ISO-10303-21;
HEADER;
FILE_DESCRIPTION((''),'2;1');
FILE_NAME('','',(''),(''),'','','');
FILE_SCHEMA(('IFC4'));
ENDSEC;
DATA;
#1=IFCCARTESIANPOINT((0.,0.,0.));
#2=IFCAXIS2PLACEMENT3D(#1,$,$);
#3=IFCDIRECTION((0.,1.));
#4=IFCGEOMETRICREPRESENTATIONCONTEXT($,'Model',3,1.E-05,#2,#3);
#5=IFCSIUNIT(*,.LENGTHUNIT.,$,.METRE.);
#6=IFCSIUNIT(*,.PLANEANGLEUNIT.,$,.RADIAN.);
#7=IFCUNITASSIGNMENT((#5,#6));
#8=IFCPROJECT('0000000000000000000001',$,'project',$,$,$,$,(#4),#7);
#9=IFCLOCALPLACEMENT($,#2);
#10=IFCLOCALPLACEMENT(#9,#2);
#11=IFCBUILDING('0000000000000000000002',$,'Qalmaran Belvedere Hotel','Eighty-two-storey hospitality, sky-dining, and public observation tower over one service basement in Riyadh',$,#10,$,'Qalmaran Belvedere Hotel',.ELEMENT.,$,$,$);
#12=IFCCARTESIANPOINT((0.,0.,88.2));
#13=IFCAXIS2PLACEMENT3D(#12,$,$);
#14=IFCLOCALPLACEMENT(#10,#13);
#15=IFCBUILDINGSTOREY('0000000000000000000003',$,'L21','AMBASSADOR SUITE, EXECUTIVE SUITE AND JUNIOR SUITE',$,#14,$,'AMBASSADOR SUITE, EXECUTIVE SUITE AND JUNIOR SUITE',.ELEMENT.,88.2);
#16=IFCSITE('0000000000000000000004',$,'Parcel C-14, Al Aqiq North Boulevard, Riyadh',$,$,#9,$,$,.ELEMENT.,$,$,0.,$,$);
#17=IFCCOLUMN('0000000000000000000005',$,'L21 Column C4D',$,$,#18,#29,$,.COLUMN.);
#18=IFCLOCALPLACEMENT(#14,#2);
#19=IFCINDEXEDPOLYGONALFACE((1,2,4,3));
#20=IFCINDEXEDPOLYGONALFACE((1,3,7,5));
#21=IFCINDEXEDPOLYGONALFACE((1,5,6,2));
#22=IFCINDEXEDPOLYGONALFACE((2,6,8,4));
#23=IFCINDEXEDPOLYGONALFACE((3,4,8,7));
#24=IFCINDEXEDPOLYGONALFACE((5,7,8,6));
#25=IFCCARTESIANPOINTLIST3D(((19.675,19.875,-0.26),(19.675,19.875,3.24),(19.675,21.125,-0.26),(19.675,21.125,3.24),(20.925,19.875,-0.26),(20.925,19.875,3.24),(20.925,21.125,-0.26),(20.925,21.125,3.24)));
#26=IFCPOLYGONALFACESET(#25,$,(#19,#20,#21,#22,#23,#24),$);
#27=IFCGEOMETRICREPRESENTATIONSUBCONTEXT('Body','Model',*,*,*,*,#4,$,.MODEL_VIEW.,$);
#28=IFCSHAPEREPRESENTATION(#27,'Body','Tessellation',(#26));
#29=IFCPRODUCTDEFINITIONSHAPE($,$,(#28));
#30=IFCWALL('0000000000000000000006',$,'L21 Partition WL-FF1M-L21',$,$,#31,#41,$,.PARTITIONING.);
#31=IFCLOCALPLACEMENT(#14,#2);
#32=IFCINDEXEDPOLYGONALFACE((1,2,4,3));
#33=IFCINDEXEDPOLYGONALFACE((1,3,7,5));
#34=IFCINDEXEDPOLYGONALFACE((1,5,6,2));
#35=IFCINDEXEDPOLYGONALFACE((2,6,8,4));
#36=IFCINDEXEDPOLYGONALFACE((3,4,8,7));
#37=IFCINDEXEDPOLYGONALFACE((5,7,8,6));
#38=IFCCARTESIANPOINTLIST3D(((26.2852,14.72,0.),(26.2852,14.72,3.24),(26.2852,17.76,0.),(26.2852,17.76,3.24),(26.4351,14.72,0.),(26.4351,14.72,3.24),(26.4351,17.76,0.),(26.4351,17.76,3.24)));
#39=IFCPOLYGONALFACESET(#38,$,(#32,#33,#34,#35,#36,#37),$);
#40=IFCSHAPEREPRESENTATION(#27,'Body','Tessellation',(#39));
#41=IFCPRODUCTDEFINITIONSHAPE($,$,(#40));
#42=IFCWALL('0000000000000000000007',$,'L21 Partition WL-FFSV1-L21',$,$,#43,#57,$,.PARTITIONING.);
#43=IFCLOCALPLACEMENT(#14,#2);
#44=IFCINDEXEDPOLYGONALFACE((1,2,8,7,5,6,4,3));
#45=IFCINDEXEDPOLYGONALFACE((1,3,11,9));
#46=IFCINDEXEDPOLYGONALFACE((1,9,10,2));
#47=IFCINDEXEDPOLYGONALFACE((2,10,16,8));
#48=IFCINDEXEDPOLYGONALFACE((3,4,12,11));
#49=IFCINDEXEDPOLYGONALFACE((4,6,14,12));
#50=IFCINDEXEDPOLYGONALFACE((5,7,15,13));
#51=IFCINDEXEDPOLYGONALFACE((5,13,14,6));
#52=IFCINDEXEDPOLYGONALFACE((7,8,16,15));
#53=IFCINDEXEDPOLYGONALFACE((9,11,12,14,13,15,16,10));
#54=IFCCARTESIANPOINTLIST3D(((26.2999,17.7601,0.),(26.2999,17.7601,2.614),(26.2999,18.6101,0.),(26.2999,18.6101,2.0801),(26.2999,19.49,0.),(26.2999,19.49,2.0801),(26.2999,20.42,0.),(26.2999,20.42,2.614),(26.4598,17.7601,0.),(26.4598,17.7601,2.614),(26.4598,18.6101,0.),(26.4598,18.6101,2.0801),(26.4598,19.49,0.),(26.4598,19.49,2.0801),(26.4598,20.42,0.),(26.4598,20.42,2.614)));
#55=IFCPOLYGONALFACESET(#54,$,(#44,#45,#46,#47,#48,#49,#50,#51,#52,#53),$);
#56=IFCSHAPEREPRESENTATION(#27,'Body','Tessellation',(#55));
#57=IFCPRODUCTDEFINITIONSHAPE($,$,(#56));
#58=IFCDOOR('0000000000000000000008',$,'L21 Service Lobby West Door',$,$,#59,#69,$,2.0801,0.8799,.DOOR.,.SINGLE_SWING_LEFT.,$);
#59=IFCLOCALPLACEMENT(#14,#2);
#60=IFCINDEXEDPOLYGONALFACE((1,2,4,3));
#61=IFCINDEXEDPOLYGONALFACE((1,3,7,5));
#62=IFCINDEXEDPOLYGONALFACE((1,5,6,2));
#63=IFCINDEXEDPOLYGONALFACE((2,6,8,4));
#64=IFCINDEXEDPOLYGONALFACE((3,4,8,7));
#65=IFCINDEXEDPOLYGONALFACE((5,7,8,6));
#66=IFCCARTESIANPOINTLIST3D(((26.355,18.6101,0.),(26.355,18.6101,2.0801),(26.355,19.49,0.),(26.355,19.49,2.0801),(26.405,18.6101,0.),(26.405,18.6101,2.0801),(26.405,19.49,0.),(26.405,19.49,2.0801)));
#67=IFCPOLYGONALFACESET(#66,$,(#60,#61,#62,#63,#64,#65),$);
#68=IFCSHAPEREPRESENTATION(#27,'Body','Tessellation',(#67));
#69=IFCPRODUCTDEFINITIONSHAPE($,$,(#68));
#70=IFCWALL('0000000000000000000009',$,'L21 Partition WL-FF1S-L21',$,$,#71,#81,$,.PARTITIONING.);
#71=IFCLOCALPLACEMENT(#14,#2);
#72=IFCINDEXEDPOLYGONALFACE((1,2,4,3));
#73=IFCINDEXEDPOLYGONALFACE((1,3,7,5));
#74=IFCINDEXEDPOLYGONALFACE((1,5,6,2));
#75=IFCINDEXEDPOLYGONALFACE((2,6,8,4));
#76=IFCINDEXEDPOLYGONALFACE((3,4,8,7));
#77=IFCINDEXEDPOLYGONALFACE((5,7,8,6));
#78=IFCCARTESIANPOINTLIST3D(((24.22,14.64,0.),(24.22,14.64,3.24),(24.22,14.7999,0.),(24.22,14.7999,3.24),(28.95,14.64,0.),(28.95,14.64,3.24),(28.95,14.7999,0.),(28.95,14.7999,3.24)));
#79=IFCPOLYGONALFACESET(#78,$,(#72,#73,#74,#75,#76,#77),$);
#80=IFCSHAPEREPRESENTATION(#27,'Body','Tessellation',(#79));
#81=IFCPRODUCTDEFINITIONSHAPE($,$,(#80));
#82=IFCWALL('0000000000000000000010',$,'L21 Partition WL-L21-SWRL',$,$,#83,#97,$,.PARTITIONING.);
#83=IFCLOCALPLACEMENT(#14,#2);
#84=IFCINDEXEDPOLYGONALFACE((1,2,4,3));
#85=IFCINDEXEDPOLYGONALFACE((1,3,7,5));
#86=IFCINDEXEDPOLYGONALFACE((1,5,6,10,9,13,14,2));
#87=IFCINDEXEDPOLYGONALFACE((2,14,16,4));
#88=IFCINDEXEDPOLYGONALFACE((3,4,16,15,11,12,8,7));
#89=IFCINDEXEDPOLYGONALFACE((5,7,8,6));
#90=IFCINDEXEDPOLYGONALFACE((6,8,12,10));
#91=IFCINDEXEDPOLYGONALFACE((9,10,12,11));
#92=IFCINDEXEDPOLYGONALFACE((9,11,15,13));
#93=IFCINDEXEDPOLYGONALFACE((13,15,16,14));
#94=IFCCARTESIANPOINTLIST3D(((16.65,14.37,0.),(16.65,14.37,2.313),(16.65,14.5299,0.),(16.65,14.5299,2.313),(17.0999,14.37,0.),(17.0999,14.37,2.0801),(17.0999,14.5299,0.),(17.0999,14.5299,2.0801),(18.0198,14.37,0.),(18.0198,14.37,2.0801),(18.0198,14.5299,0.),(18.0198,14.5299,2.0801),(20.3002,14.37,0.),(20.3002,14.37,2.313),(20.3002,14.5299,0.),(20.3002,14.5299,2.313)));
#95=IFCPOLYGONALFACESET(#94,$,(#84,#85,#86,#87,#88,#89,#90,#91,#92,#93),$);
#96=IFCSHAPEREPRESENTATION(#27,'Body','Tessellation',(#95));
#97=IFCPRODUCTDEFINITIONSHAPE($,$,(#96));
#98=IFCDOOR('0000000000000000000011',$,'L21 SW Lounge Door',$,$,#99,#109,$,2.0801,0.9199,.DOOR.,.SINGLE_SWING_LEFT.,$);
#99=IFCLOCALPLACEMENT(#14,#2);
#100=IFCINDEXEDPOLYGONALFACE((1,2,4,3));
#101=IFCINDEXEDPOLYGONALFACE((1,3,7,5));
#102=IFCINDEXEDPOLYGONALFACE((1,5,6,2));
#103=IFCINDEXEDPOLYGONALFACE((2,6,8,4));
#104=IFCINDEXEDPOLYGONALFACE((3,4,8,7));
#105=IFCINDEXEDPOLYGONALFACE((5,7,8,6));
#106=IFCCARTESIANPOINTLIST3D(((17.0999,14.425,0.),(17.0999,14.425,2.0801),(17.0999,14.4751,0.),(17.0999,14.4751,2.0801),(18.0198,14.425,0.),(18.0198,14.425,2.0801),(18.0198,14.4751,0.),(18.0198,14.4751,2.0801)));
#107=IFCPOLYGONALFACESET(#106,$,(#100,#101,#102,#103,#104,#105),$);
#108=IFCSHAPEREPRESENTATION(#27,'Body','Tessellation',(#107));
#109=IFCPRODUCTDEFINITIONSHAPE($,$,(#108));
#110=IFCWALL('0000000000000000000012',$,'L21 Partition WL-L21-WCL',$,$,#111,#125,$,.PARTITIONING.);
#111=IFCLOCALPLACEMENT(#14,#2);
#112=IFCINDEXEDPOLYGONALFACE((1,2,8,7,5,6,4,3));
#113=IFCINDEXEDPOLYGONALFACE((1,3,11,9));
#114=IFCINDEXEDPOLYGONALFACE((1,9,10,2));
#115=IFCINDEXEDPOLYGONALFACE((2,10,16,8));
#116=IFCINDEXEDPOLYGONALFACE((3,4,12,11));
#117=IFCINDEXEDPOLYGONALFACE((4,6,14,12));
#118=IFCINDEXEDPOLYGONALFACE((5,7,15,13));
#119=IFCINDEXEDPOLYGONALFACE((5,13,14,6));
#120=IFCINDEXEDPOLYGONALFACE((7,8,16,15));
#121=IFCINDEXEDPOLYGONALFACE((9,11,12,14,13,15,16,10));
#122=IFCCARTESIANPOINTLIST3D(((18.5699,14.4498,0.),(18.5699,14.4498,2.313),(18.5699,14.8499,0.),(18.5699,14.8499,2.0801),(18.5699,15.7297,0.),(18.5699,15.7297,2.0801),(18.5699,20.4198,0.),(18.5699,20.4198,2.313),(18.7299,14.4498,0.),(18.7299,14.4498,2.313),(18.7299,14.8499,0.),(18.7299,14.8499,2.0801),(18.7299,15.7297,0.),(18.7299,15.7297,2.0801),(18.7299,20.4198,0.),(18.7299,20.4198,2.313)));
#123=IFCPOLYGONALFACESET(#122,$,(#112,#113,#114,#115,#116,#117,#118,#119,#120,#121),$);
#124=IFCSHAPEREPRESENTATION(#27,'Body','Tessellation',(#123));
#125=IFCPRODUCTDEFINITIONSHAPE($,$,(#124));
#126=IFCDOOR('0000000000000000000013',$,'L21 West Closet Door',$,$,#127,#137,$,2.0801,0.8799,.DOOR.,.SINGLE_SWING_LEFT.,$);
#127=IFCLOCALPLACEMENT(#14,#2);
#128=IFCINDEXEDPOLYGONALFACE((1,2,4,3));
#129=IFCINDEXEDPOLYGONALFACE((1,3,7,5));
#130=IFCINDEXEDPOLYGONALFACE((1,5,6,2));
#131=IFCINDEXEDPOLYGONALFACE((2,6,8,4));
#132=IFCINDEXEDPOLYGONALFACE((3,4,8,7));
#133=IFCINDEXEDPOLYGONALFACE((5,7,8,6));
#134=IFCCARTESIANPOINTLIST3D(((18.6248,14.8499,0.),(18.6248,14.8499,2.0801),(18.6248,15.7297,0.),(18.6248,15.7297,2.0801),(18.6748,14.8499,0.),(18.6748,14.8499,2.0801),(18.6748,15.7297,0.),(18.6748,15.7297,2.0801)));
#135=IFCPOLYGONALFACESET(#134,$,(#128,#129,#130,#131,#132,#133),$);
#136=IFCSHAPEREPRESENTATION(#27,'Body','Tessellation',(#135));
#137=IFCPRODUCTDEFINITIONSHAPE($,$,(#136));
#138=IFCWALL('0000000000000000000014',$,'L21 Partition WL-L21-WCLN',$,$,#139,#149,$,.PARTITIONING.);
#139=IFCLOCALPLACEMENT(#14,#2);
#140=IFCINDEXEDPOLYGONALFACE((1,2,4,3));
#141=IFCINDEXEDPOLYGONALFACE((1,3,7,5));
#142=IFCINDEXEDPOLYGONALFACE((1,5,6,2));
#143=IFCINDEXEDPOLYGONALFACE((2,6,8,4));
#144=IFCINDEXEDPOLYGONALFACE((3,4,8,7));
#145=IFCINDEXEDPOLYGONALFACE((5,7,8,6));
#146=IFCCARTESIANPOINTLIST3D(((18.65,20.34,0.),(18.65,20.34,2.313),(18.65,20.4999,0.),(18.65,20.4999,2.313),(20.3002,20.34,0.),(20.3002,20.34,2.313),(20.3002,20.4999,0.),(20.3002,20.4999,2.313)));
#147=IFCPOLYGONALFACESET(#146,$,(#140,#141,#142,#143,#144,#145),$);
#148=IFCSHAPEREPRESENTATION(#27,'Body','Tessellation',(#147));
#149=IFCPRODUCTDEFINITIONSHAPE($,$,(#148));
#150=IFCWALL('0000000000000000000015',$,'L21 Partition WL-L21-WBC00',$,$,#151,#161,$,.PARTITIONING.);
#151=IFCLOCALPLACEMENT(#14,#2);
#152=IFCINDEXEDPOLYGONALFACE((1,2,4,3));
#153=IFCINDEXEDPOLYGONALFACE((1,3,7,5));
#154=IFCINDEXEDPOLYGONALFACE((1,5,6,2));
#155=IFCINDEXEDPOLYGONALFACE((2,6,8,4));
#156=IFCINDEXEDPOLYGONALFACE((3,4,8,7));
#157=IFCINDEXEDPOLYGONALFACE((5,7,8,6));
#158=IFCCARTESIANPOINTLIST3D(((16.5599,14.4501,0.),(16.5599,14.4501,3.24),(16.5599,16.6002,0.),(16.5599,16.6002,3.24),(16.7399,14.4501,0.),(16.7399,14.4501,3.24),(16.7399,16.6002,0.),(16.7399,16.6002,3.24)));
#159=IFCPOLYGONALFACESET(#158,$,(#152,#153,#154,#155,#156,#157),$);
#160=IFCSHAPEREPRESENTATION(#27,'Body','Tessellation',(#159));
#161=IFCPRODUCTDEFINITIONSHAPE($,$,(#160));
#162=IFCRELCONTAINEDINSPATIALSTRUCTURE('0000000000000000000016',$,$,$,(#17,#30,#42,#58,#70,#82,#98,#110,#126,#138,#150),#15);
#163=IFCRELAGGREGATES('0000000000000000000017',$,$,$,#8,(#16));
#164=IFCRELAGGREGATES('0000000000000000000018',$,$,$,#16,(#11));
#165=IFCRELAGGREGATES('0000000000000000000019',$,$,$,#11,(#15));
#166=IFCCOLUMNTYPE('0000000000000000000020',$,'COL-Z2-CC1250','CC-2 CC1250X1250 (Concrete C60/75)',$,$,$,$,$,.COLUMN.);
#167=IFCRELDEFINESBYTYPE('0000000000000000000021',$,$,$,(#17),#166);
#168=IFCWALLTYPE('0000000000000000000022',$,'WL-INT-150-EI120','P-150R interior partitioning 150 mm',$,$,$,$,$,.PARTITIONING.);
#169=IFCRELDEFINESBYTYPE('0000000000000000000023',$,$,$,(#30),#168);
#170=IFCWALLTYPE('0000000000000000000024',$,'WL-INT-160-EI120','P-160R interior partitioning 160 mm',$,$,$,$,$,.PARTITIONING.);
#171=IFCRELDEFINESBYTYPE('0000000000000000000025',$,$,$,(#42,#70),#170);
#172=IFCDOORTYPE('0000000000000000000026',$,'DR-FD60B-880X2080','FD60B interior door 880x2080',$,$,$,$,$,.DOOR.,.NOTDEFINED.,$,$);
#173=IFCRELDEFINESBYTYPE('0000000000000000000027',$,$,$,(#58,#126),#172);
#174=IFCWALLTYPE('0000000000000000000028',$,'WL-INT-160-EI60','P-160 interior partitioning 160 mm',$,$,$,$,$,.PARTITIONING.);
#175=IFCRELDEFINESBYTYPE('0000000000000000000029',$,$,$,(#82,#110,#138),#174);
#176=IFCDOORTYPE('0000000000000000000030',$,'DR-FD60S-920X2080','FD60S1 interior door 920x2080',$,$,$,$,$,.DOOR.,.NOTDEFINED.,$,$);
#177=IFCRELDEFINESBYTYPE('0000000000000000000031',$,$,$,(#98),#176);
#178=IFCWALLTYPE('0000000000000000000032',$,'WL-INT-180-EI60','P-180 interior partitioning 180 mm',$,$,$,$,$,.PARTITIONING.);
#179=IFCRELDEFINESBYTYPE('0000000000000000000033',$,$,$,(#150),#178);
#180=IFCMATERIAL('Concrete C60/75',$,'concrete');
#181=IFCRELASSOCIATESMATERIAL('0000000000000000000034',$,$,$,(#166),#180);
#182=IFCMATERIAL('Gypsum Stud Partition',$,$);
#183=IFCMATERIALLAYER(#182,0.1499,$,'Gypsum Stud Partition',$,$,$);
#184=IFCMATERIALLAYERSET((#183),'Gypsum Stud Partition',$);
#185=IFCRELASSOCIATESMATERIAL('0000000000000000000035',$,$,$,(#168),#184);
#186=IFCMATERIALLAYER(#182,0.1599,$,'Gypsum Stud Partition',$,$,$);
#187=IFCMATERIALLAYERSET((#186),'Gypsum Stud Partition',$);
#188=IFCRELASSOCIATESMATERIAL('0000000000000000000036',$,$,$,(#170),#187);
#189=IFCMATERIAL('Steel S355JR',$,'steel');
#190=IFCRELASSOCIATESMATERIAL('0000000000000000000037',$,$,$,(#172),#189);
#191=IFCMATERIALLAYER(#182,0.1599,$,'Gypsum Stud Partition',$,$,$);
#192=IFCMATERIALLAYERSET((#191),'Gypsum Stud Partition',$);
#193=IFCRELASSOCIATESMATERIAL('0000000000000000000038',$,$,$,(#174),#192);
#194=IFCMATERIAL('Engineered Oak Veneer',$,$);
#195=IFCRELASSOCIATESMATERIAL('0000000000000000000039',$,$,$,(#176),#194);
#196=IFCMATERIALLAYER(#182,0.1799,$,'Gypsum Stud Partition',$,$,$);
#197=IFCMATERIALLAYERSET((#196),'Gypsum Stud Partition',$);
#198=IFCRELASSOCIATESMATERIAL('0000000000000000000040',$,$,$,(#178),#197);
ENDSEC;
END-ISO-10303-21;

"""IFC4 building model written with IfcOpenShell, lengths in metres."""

from ifc_helpers import new_model, si_unit, direction, frame, frame_2d, origin, origin_2d, place, context, subcontext, project, spatial, rectangle, extrude, material, layer, layer_set, material_profile, profile_set, type_object, element, fill, save


model = new_model("IFC4")

# Units and contexts
model_context = context("Model", 3, precision=1e-05, world=origin(), true_north=direction((0.0, 1.0)))
body_context = subcontext(model_context, "Body", "Model", "MODEL_VIEW")
ifc_project = project(units=[si_unit("LENGTHUNIT", "METRE"), si_unit("PLANEANGLEUNIT", "RADIAN")], contexts=[model_context])

# Site, building, storey
site_placement = place(None, origin())
site = spatial("IfcSite", under=ifc_project, at=site_placement, Name="Parcel C-14, Al Aqiq North Boulevard, Riyadh", CompositionType="ELEMENT", RefElevation=0.0)
building_placement = place(site_placement, origin())
building = spatial("IfcBuilding", under=site, at=building_placement, Name="Qalmaran Belvedere Hotel", Description="Eighty-two-storey hospitality, sky-dining, and public observation tower over one service basement in Riyadh", LongName="Qalmaran Belvedere Hotel", CompositionType="ELEMENT")
storey_placement = place(building_placement, frame((0.0, 0.0, 88.2)))
storey = spatial("IfcBuildingStorey", under=building, at=storey_placement, Name="L21", Description="AMBASSADOR SUITE, EXECUTIVE SUITE AND JUNIOR SUITE", LongName="AMBASSADOR SUITE, EXECUTIVE SUITE AND JUNIOR SUITE", CompositionType="ELEMENT", Elevation=88.2)

# Column
ifc_material_1 = material(Name="Concrete C60/75", Category="concrete")
ifc_material_profile = material_profile(ifc_material_1, rectangle(XDim=1.25, YDim=1.25, at=origin_2d()), Name="CC1250X1250")
ifc_profile_set = profile_set([ifc_material_profile], Name="Concrete C60/75")
column_type = type_object("IfcColumnType", Name="COL-Z2-CC1250", Description="CC-2 CC1250X1250 (Concrete C60/75)", PredefinedType="COLUMN", material=ifc_profile_set)
column_placement = place(storey_placement, frame((20.3, 20.5, -0.26), z_axis=(0.0, 0.0, 1.0), x_axis=(1.0, 0.0, 0.0)))
element("IfcColumn", 1, at=column_placement, inside=storey, type_object=column_type, Name="L21 Column C4D", PredefinedType="COLUMN", context=body_context, shape_type="SweptSolid", body=[
    extrude(rectangle(XDim=1.25, YDim=1.25, at=origin_2d()), origin(), (0.0, 0.0, 1.0), 3.5),
])

# Wall
ifc_material_2 = material(Name="Gypsum Stud Partition")
ifc_layer_1 = layer(ifc_material_2, 0.1499, Name="Gypsum Stud Partition")
ifc_layer_set_1 = layer_set([ifc_layer_1], Name="Gypsum Stud Partition")
wall_type_1 = type_object("IfcWallType", Name="WL-INT-150-EI120", Description="P-150R interior partitioning 150 mm", PredefinedType="PARTITIONING", material=ifc_layer_set_1)
wall_1_placement = place(storey_placement, frame((26.3601, 14.72, 0.0), z_axis=(0.0, 0.0, 1.0), x_axis=(0.0, 1.0, 0.0)))
element("IfcWall", 2, at=wall_1_placement, inside=storey, type_object=wall_type_1, Name="L21 Partition WL-FF1M-L21", PredefinedType="PARTITIONING", context=body_context, shape_type="SweptSolid", body=[
    extrude(rectangle(XDim=3.04, YDim=0.1499, at=frame_2d((1.52, 0.0))), origin(), (0.0, 0.0, 1.0), 3.24),
])

# Wall, opening, door
ifc_layer_2 = layer(ifc_material_2, 0.1599, Name="Gypsum Stud Partition")
ifc_layer_set_2 = layer_set([ifc_layer_2], Name="Gypsum Stud Partition")
wall_type_2 = type_object("IfcWallType", Name="WL-INT-160-EI120", Description="P-160R interior partitioning 160 mm", PredefinedType="PARTITIONING", material=ifc_layer_set_2)
wall_2_placement = place(storey_placement, frame((26.3799, 17.76, 0.0), z_axis=(0.0, 0.0, 1.0), x_axis=(0.0, 1.0, 0.0)))
wall_2 = element("IfcWall", 3, at=wall_2_placement, inside=storey, type_object=wall_type_2, Name="L21 Partition WL-FFSV1-L21", PredefinedType="PARTITIONING", context=body_context, shape_type="SweptSolid", body=[
    extrude(rectangle(XDim=2.6599, YDim=0.1599, at=frame_2d((1.3301, 0.0))), origin(), (0.0, 0.0, 1.0), 2.614),
])
opening_1_placement = place(wall_2_placement, frame((0.8501, 0.0, 0.0)))
opening_1 = element("IfcOpeningElement", 4, at=opening_1_placement, cuts=wall_2, PredefinedType="OPENING", context=body_context, shape_type="SweptSolid", body=[
    extrude(rectangle(XDim=0.8799, YDim=2.0801, at=frame_2d((0.4399, 1.04))), frame((0.0, 0.0898, 0.0), z_axis=(0.0, -1.0, 0.0), x_axis=(1.0, 0.0, 0.0)), (0.0, 0.0, 1.0), 0.1799),
])
ifc_material_3 = material(Name="Steel S355JR", Category="steel")
door_type_1 = type_object("IfcDoorType", Name="DR-FD60B-880X2080", Description="FD60B interior door 880x2080", OperationType="NOTDEFINED", PredefinedType="DOOR", material=ifc_material_3)
door_1_placement = place(opening_1_placement, origin())
door_1 = element("IfcDoor", 5, at=door_1_placement, inside=storey, type_object=door_type_1, Name="L21 Service Lobby West Door", OperationType="SINGLE_SWING_LEFT", OverallHeight=2.0801, OverallWidth=0.8799, PredefinedType="DOOR", context=body_context, shape_type="SweptSolid", body=[
    extrude(rectangle(XDim=0.8799, YDim=2.0801, at=frame_2d((0.4399, 1.04))), frame((0.0, 0.0249, 0.0), z_axis=(0.0, -1.0, 0.0), x_axis=(1.0, 0.0, 0.0)), (0.0, 0.0, 1.0), 0.05),
])
fill(opening_1, door_1)

# Wall
wall_3_placement = place(storey_placement, frame((24.22, 14.72, 0.0), z_axis=(0.0, 0.0, 1.0), x_axis=(1.0, 0.0, 0.0)))
element("IfcWall", 6, at=wall_3_placement, inside=storey, type_object=wall_type_2, Name="L21 Partition WL-FF1S-L21", PredefinedType="PARTITIONING", context=body_context, shape_type="SweptSolid", body=[
    extrude(rectangle(XDim=4.73, YDim=0.1599, at=frame_2d((2.365, 0.0))), origin(), (0.0, 0.0, 1.0), 3.24),
])

# Walls, openings, doors
ifc_layer_3 = layer(ifc_material_2, 0.1599, Name="Gypsum Stud Partition")
ifc_layer_set_3 = layer_set([ifc_layer_3], Name="Gypsum Stud Partition")
wall_type_3 = type_object("IfcWallType", Name="WL-INT-160-EI60", Description="P-160 interior partitioning 160 mm", PredefinedType="PARTITIONING", material=ifc_layer_set_3)
wall_4_placement = place(storey_placement, frame((16.6499, 14.45, 0.0), z_axis=(0.0, 0.0, 1.0), x_axis=(1.0, 0.0, 0.0)))
wall_4 = element("IfcWall", 7, at=wall_4_placement, inside=storey, type_object=wall_type_3, Name="L21 Partition WL-L21-SWRL", PredefinedType="PARTITIONING", context=body_context, shape_type="SweptSolid", body=[
    extrude(rectangle(XDim=3.6501, YDim=0.1599, at=frame_2d((1.8252, 0.0))), origin(), (0.0, 0.0, 1.0), 2.313),
])
opening_2_placement = place(wall_4_placement, frame((1.3699, 0.0, 0.0), z_axis=(0.0, 0.0, 1.0), x_axis=(-1.0, 0.0, 0.0)))
opening_2 = element("IfcOpeningElement", 8, at=opening_2_placement, cuts=wall_4, PredefinedType="OPENING", context=body_context, shape_type="SweptSolid", body=[
    extrude(rectangle(XDim=0.9199, YDim=2.0801, at=frame_2d((0.46, 1.04))), frame((0.0, 0.0898, 0.0), z_axis=(0.0, -1.0, 0.0), x_axis=(1.0, 0.0, 0.0)), (0.0, 0.0, 1.0), 0.1799),
])
ifc_material_4 = material(Name="Engineered Oak Veneer")
door_type_2 = type_object("IfcDoorType", Name="DR-FD60S-920X2080", Description="FD60S1 interior door 920x2080", OperationType="NOTDEFINED", PredefinedType="DOOR", material=ifc_material_4)
door_2_placement = place(opening_2_placement, origin())
door_2 = element("IfcDoor", 9, at=door_2_placement, inside=storey, type_object=door_type_2, Name="L21 SW Lounge Door", OperationType="SINGLE_SWING_LEFT", OverallHeight=2.0801, OverallWidth=0.9199, PredefinedType="DOOR", context=body_context, shape_type="SweptSolid", body=[
    extrude(rectangle(XDim=0.9199, YDim=2.0801, at=frame_2d((0.46, 1.04))), frame((0.0, 0.0249, 0.0), z_axis=(0.0, -1.0, 0.0), x_axis=(1.0, 0.0, 0.0)), (0.0, 0.0, 1.0), 0.05),
])
fill(opening_2, door_2)
wall_5_placement = place(storey_placement, frame((18.6499, 14.45, 0.0), z_axis=(0.0, 0.0, 1.0), x_axis=(0.0, 1.0, 0.0)))
wall_5 = element("IfcWall", 10, at=wall_5_placement, inside=storey, type_object=wall_type_3, Name="L21 Partition WL-L21-WCL", PredefinedType="PARTITIONING", context=body_context, shape_type="SweptSolid", body=[
    extrude(rectangle(XDim=5.97, YDim=0.1599, at=frame_2d((2.9849, 0.0))), origin(), (0.0, 0.0, 1.0), 2.313),
])
opening_3_placement = place(wall_5_placement, frame((1.2798, 0.0, 0.0), z_axis=(0.0, 0.0, 1.0), x_axis=(-1.0, 0.0, 0.0)))
opening_3 = element("IfcOpeningElement", 11, at=opening_3_placement, cuts=wall_5, PredefinedType="OPENING", context=body_context, shape_type="SweptSolid", body=[
    extrude(rectangle(XDim=0.8799, YDim=2.0801, at=frame_2d((0.4399, 1.04))), frame((0.0, 0.0898, 0.0), z_axis=(0.0, -1.0, 0.0), x_axis=(1.0, 0.0, 0.0)), (0.0, 0.0, 1.0), 0.1799),
])
door_3_placement = place(opening_3_placement, origin())
door_3 = element("IfcDoor", 12, at=door_3_placement, inside=storey, type_object=door_type_1, Name="L21 West Closet Door", OperationType="SINGLE_SWING_LEFT", OverallHeight=2.0801, OverallWidth=0.8799, PredefinedType="DOOR", context=body_context, shape_type="SweptSolid", body=[
    extrude(rectangle(XDim=0.8799, YDim=2.0801, at=frame_2d((0.4399, 1.04))), frame((0.0, 0.0249, 0.0), z_axis=(0.0, -1.0, 0.0), x_axis=(1.0, 0.0, 0.0)), (0.0, 0.0, 1.0), 0.05),
])
fill(opening_3, door_3)

# Walls
wall_6_placement = place(storey_placement, frame((18.6499, 20.4199, 0.0), z_axis=(0.0, 0.0, 1.0), x_axis=(1.0, 0.0, 0.0)))
element("IfcWall", 13, at=wall_6_placement, inside=storey, type_object=wall_type_3, Name="L21 Partition WL-L21-WCLN", PredefinedType="PARTITIONING", context=body_context, shape_type="SweptSolid", body=[
    extrude(rectangle(XDim=1.6501, YDim=0.1599, at=frame_2d((0.8252, 0.0))), origin(), (0.0, 0.0, 1.0), 2.313),
])
ifc_layer_4 = layer(ifc_material_2, 0.1799, Name="Gypsum Stud Partition")
ifc_layer_set_4 = layer_set([ifc_layer_4], Name="Gypsum Stud Partition")
wall_type_4 = type_object("IfcWallType", Name="WL-INT-180-EI60", Description="P-180 interior partitioning 180 mm", PredefinedType="PARTITIONING", material=ifc_layer_set_4)
wall_7_placement = place(storey_placement, frame((16.6499, 14.45, 0.0), z_axis=(0.0, 0.0, 1.0), x_axis=(0.0, 1.0, 0.0)))
element("IfcWall", 14, at=wall_7_placement, inside=storey, type_object=wall_type_4, Name="L21 Partition WL-L21-WBC00", PredefinedType="PARTITIONING", context=body_context, shape_type="SweptSolid", body=[
    extrude(rectangle(XDim=2.1501, YDim=0.1799, at=frame_2d((1.0752, 0.0))), origin(), (0.0, 0.0, 1.0), 3.24),
])

save(model, "model.ifc")
